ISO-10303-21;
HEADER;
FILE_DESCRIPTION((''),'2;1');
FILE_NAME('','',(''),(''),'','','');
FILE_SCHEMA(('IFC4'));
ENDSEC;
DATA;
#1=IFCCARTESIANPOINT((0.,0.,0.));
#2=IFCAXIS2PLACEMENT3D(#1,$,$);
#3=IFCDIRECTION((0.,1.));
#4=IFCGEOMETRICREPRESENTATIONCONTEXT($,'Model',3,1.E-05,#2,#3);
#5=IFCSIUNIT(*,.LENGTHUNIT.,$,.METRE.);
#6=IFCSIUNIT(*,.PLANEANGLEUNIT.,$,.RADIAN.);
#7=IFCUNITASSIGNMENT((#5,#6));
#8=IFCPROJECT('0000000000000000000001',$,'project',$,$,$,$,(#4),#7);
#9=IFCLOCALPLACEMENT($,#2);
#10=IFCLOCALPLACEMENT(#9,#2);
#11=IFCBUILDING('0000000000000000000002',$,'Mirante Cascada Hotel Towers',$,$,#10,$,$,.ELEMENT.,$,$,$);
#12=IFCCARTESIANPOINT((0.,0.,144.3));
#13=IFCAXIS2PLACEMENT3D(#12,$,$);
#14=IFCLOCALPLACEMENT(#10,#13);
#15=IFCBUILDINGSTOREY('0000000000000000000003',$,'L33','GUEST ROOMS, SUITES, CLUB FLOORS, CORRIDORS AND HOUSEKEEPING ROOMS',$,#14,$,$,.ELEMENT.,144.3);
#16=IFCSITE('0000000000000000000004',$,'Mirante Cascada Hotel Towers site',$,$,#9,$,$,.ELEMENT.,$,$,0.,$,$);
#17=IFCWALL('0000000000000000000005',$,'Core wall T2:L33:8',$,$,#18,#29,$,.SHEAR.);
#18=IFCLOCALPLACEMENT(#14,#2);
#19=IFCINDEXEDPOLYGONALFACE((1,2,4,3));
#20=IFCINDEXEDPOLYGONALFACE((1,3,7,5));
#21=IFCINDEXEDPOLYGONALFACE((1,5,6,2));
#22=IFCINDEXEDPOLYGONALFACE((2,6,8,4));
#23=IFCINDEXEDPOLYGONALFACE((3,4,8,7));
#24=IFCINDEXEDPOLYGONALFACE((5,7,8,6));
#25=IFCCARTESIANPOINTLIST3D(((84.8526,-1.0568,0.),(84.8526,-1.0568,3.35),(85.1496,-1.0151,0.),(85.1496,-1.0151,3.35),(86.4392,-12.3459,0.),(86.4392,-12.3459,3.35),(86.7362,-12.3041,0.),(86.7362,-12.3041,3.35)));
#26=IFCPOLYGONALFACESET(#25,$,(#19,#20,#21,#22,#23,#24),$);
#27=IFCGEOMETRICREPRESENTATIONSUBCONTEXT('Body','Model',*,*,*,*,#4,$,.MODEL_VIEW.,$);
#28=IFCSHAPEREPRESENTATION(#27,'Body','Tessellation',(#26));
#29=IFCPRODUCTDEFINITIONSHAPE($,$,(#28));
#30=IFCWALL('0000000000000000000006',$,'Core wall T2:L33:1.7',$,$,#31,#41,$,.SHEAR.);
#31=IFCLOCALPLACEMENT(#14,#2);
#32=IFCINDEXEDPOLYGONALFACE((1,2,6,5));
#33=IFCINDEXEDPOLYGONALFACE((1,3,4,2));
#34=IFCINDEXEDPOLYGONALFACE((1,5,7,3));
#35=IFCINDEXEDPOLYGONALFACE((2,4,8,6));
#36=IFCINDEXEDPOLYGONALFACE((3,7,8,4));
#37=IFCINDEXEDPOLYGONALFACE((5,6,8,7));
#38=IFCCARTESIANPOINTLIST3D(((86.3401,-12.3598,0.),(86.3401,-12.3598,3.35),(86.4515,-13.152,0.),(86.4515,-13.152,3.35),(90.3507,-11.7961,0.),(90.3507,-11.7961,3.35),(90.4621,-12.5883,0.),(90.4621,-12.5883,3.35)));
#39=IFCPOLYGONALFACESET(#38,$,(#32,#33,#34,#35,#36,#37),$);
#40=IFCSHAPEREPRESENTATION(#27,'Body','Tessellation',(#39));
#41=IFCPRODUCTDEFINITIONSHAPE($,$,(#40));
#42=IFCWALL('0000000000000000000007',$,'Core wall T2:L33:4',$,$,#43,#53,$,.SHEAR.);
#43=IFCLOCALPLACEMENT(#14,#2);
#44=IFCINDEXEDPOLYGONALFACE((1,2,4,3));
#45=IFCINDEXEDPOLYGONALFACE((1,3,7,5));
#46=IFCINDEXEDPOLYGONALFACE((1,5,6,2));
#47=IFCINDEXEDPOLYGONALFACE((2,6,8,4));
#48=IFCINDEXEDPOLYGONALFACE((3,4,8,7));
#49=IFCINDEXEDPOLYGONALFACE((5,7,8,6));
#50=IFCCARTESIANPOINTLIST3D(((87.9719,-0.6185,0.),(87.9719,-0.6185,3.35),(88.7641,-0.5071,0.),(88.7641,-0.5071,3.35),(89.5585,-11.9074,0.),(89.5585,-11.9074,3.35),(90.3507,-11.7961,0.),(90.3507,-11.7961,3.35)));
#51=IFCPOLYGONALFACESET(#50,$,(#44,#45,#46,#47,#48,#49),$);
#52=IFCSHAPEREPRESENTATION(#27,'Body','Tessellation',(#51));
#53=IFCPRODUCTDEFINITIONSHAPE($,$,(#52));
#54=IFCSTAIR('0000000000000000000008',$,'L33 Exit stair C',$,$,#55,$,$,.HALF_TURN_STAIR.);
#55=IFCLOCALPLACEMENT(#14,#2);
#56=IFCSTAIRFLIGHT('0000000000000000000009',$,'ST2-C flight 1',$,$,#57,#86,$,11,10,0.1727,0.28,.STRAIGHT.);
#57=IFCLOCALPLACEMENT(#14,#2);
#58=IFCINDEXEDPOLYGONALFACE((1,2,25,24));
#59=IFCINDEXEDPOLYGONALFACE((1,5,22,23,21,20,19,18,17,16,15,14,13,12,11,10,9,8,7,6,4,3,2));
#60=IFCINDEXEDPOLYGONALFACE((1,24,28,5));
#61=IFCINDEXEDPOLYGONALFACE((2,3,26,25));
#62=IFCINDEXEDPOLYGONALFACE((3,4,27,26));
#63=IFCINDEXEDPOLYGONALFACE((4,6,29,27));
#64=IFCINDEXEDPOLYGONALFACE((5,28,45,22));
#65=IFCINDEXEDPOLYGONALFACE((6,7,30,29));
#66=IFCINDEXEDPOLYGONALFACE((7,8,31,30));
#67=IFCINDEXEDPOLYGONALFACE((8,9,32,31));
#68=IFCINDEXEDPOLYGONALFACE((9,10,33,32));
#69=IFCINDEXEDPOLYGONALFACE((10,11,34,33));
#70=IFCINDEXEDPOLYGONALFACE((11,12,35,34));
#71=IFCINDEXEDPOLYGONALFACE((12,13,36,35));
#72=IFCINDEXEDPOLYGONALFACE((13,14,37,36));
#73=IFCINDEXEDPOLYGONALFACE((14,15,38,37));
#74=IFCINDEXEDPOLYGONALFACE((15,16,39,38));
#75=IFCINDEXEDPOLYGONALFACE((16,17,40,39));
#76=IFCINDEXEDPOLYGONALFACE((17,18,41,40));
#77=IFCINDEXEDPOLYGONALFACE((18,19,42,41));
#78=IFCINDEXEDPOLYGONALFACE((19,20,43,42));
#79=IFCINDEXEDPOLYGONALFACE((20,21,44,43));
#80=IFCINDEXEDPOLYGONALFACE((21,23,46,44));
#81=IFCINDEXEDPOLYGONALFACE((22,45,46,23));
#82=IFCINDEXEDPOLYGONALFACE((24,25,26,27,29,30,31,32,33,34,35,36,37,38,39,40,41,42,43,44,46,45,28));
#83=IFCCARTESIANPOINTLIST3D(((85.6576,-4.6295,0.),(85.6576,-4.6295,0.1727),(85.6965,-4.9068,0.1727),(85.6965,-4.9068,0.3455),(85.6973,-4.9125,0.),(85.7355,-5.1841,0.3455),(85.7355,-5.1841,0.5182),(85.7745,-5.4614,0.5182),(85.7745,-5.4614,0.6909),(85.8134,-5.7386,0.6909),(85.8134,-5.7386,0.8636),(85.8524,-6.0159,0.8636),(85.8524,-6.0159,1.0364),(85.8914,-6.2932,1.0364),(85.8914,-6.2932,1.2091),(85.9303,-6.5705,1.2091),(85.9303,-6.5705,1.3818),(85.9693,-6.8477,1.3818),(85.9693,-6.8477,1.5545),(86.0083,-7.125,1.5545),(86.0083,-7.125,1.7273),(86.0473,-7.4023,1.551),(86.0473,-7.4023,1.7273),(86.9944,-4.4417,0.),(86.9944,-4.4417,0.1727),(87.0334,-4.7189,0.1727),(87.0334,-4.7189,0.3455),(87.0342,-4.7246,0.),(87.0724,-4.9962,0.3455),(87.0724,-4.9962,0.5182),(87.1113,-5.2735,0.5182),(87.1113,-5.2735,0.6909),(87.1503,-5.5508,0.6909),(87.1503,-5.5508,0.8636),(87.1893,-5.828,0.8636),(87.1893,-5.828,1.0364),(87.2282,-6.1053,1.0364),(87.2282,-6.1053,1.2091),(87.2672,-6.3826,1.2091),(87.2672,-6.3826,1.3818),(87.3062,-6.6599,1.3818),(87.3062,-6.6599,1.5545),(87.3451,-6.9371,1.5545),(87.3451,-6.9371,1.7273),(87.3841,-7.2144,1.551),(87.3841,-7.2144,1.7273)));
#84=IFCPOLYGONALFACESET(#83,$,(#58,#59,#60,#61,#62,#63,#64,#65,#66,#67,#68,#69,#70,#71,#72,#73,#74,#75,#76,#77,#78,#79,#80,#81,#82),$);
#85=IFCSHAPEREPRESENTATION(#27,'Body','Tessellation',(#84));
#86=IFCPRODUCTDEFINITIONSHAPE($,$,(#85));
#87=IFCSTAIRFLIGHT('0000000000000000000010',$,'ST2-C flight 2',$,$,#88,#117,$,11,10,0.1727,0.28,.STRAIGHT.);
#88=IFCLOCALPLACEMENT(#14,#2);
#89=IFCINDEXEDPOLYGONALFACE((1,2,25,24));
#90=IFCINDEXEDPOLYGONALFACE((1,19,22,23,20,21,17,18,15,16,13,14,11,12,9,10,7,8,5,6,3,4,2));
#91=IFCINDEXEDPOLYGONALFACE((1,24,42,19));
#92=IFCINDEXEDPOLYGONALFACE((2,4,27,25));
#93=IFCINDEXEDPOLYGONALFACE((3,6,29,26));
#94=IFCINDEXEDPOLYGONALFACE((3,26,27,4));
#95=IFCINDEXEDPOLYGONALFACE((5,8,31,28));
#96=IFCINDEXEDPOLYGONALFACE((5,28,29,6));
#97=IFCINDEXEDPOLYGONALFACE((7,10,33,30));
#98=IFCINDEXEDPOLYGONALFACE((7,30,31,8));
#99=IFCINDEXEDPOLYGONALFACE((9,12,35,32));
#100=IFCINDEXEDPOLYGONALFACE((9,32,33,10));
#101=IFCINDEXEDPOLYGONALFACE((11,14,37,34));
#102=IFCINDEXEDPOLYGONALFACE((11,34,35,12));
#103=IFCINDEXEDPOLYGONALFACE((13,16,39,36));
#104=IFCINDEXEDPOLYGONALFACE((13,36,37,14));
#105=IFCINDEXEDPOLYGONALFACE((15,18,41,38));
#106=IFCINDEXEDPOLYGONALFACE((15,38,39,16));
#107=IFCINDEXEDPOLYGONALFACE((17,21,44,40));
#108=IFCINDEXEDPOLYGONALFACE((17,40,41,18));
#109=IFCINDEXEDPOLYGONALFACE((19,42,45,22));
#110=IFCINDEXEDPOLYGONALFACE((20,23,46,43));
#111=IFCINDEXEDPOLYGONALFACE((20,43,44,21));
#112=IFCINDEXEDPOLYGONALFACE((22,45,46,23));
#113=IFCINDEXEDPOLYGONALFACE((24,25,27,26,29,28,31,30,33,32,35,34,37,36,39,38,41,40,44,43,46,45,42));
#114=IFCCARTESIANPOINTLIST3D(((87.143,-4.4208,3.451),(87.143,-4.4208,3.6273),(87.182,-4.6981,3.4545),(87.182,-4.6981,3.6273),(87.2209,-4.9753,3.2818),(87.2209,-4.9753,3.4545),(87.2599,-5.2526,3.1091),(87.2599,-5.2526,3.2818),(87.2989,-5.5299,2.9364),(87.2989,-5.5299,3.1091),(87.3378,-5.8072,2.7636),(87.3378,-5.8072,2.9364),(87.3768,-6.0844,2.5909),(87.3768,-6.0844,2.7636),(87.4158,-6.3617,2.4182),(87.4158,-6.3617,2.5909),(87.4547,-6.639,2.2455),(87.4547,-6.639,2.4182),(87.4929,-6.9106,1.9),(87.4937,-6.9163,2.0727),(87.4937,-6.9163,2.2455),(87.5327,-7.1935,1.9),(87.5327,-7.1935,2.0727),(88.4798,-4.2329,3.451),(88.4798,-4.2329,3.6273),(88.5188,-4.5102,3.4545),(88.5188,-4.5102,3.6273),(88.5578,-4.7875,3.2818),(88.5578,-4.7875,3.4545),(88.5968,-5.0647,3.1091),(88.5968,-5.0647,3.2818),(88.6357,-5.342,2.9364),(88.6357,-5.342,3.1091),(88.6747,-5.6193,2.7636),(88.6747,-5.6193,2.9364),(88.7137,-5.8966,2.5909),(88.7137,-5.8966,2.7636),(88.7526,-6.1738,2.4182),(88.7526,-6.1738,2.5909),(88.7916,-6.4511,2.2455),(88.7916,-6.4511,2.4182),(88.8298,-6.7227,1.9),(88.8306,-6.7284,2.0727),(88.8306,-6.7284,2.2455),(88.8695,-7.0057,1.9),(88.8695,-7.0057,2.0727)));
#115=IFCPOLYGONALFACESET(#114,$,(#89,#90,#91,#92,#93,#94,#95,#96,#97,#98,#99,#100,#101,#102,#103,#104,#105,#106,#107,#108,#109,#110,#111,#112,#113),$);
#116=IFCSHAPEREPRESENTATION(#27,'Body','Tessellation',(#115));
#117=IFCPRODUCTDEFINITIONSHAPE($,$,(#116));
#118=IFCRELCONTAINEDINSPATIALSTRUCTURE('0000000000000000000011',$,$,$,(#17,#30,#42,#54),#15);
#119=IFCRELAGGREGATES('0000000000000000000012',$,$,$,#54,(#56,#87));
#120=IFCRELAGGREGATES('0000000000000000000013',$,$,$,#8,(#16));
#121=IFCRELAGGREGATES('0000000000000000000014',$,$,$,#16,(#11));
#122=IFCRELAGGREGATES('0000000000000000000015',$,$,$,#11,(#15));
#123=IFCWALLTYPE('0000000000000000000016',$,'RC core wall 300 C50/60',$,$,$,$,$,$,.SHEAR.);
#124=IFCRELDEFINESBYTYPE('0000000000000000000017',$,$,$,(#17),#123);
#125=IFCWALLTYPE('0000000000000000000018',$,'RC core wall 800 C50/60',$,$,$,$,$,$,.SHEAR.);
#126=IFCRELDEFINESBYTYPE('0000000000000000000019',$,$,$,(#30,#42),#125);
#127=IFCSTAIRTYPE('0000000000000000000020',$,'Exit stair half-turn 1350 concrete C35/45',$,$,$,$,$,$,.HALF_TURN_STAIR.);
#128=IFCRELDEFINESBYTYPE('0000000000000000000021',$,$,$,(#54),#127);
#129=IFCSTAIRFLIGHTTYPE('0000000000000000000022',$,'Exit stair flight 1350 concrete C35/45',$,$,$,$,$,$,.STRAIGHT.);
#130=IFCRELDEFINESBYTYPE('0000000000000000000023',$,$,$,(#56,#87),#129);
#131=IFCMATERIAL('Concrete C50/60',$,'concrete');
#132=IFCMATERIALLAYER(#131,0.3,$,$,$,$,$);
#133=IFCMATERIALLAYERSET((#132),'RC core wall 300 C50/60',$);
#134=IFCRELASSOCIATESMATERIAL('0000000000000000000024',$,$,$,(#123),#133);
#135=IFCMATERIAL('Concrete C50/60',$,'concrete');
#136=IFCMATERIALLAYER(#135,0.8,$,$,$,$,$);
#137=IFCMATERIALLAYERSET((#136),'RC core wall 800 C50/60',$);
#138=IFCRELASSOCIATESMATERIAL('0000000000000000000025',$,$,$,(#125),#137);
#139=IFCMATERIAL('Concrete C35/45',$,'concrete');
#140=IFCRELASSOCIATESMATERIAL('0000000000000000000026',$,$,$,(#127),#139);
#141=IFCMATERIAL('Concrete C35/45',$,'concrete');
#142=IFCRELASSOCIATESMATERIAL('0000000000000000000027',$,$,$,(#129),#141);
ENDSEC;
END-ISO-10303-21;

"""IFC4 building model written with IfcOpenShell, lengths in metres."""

from ifc_helpers import new_model, si_unit, direction, frame, frame_2d, origin, place, context, subcontext, project, spatial, polyline, rectangle, outline, extrude, material, layer, layer_set, type_object, element, aggregate, save


model = new_model("IFC4")

# Units and contexts
model_context = context("Model", 3, precision=1e-05, world=origin(), true_north=direction((0.0, 1.0)))
body_context = subcontext(model_context, "Body", "Model", "MODEL_VIEW")
ifc_project = project(units=[si_unit("LENGTHUNIT", "METRE"), si_unit("PLANEANGLEUNIT", "RADIAN")], contexts=[model_context])

# Site, building, storey
site_placement = place(None, origin())
site = spatial("IfcSite", under=ifc_project, at=site_placement, Name="Mirante Cascada Hotel Towers site", CompositionType="ELEMENT", RefElevation=0.0)
building_placement = place(site_placement, origin())
building = spatial("IfcBuilding", under=site, at=building_placement, Name="Mirante Cascada Hotel Towers", CompositionType="ELEMENT")
storey_placement = place(building_placement, frame((0.0, 0.0, 144.3)))
storey = spatial("IfcBuildingStorey", under=building, at=storey_placement, Name="L33", Description="GUEST ROOMS, SUITES, CLUB FLOORS, CORRIDORS AND HOUSEKEEPING ROOMS", CompositionType="ELEMENT", Elevation=144.3)

# Walls
ifc_material_1 = material(Name="Concrete C50/60", Category="concrete")
ifc_layer_1 = layer(ifc_material_1, 0.3)
ifc_layer_set_1 = layer_set([ifc_layer_1], Name="RC core wall 300 C50/60")
wall_type_1 = type_object("IfcWallType", Name="RC core wall 300 C50/60", PredefinedType="SHEAR", material=ifc_layer_set_1)
wall_1_placement = place(storey_placement, frame((86.5877, -12.325, 0.0), z_axis=(0.0, 0.0, 1.0), x_axis=(-0.139175, 0.990268, 0.0)))
element("IfcWall", 1, at=wall_1_placement, inside=storey, type_object=wall_type_1, Name="Core wall T2:L33:8", PredefinedType="SHEAR", context=body_context, shape_type="SweptSolid", body=[
    extrude(rectangle(XDim=11.4, YDim=0.3, at=frame_2d((5.7, 0.0))), origin(), (0.0, 0.0, 1.0), 3.35),
])
ifc_material_2 = material(Name="Concrete C50/60", Category="concrete")
ifc_layer_2 = layer(ifc_material_2, 0.8)
ifc_layer_set_2 = layer_set([ifc_layer_2], Name="RC core wall 800 C50/60")
wall_type_2 = type_object("IfcWallType", Name="RC core wall 800 C50/60", PredefinedType="SHEAR", material=ifc_layer_set_2)
wall_2_placement = place(storey_placement, frame((86.3958, -12.7559, 0.0), z_axis=(0.0, 0.0, 1.0), x_axis=(0.990267, 0.139184, 0.0)))
element("IfcWall", 2, at=wall_2_placement, inside=storey, type_object=wall_type_2, Name="Core wall T2:L33:1.7", PredefinedType="SHEAR", context=body_context, shape_type="SweptSolid", body=[
    extrude(rectangle(XDim=4.05, YDim=0.8, at=frame_2d((2.025, 0.0))), origin(), (0.0, 0.0, 1.0), 3.35),
])
wall_3_placement = place(storey_placement, frame((89.9546, -11.8518, 0.0), z_axis=(0.0, 0.0, 1.0), x_axis=(-0.139176, 0.990268, 0.0)))
element("IfcWall", 3, at=wall_3_placement, inside=storey, type_object=wall_type_2, Name="Core wall T2:L33:4", PredefinedType="SHEAR", context=body_context, shape_type="SweptSolid", body=[
    extrude(rectangle(XDim=11.3999, YDim=0.8, at=frame_2d((5.7, 0.0))), origin(), (0.0, 0.0, 1.0), 3.35),
])

# Stair, stair flights
ifc_material_3 = material(Name="Concrete C35/45", Category="concrete")
stair_type = type_object("IfcStairType", Name="Exit stair half-turn 1350 concrete C35/45", PredefinedType="HALF_TURN_STAIR", material=ifc_material_3)
stair_placement = place(storey_placement, origin())
stair = element("IfcStair", 4, at=stair_placement, inside=storey, type_object=stair_type, Name="L33 Exit stair C", PredefinedType="HALF_TURN_STAIR")
ifc_material_4 = material(Name="Concrete C35/45", Category="concrete")
stair_flight_type = type_object("IfcStairFlightType", Name="Exit stair flight 1350 concrete C35/45", PredefinedType="STRAIGHT", material=ifc_material_4)
stair_flight_1_placement = place(storey_placement, frame((86.326, -4.5356, 0.0), z_axis=(0.0, 0.0, 1.0), x_axis=(0.139173, -0.990268, 0.0)))
stair_flight_1 = element("IfcStairFlight", 5, at=stair_flight_1_placement, type_object=stair_flight_type, Name="ST2-C flight 1", NumberOfRisers=11, NumberOfTreads=10, PredefinedType="STRAIGHT", RiserHeight=0.1727, TreadLength=0.28, context=body_context, shape_type="SweptSolid", body=[
    extrude(outline(polyline([(0.0, 0.0), (0.0, 0.1727), (0.28, 0.1727), (0.28, 0.3455), (0.56, 0.3455), (0.56, 0.5182), (0.84, 0.5182), (0.84, 0.6909), (1.12, 0.6909), (1.12, 0.8636), (1.4, 0.8636), (1.4, 1.0364), (1.68, 1.0364), (1.68, 1.2091), (1.96, 1.2091), (1.96, 1.3818), (2.24, 1.3818), (2.24, 1.5545), (2.52, 1.5545), (2.52, 1.7273), (2.8, 1.7273), (2.8, 1.9), (2.8, 1.551), (0.2857, 0.0), (0.0, 0.0)])), frame((0.0, 0.675, 0.0), z_axis=(0.0, -1.0, 0.0), x_axis=(1.0, 0.0, 0.0)), (0.0, 0.0, 1.0), 1.35),
])
stair_flight_2_placement = place(storey_placement, frame((88.2011, -7.0996, 1.9), z_axis=(0.0, 0.0, 1.0), x_axis=(-0.139173, 0.990268, 0.0)))
stair_flight_2 = element("IfcStairFlight", 6, at=stair_flight_2_placement, type_object=stair_flight_type, Name="ST2-C flight 2", NumberOfRisers=11, NumberOfTreads=10, PredefinedType="STRAIGHT", RiserHeight=0.1727, TreadLength=0.28, context=body_context, shape_type="SweptSolid", body=[
    extrude(outline(polyline([(0.0, 0.0), (0.0, 0.1727), (0.28, 0.1727), (0.28, 0.3455), (0.56, 0.3455), (0.56, 0.5182), (0.84, 0.5182), (0.84, 0.6909), (1.12, 0.6909), (1.12, 0.8636), (1.4, 0.8636), (1.4, 1.0364), (1.68, 1.0364), (1.68, 1.2091), (1.96, 1.2091), (1.96, 1.3818), (2.24, 1.3818), (2.24, 1.5545), (2.52, 1.5545), (2.52, 1.7273), (2.8, 1.7273), (2.8, 1.9), (2.8, 1.551), (0.2857, 0.0), (0.0, 0.0)])), frame((0.0, 0.675, 0.0), z_axis=(0.0, -1.0, 0.0), x_axis=(1.0, 0.0, 0.0)), (0.0, 0.0, 1.0), 1.35),
])
aggregate(stair, [stair_flight_1, stair_flight_2])

save(model, "model.ifc")
